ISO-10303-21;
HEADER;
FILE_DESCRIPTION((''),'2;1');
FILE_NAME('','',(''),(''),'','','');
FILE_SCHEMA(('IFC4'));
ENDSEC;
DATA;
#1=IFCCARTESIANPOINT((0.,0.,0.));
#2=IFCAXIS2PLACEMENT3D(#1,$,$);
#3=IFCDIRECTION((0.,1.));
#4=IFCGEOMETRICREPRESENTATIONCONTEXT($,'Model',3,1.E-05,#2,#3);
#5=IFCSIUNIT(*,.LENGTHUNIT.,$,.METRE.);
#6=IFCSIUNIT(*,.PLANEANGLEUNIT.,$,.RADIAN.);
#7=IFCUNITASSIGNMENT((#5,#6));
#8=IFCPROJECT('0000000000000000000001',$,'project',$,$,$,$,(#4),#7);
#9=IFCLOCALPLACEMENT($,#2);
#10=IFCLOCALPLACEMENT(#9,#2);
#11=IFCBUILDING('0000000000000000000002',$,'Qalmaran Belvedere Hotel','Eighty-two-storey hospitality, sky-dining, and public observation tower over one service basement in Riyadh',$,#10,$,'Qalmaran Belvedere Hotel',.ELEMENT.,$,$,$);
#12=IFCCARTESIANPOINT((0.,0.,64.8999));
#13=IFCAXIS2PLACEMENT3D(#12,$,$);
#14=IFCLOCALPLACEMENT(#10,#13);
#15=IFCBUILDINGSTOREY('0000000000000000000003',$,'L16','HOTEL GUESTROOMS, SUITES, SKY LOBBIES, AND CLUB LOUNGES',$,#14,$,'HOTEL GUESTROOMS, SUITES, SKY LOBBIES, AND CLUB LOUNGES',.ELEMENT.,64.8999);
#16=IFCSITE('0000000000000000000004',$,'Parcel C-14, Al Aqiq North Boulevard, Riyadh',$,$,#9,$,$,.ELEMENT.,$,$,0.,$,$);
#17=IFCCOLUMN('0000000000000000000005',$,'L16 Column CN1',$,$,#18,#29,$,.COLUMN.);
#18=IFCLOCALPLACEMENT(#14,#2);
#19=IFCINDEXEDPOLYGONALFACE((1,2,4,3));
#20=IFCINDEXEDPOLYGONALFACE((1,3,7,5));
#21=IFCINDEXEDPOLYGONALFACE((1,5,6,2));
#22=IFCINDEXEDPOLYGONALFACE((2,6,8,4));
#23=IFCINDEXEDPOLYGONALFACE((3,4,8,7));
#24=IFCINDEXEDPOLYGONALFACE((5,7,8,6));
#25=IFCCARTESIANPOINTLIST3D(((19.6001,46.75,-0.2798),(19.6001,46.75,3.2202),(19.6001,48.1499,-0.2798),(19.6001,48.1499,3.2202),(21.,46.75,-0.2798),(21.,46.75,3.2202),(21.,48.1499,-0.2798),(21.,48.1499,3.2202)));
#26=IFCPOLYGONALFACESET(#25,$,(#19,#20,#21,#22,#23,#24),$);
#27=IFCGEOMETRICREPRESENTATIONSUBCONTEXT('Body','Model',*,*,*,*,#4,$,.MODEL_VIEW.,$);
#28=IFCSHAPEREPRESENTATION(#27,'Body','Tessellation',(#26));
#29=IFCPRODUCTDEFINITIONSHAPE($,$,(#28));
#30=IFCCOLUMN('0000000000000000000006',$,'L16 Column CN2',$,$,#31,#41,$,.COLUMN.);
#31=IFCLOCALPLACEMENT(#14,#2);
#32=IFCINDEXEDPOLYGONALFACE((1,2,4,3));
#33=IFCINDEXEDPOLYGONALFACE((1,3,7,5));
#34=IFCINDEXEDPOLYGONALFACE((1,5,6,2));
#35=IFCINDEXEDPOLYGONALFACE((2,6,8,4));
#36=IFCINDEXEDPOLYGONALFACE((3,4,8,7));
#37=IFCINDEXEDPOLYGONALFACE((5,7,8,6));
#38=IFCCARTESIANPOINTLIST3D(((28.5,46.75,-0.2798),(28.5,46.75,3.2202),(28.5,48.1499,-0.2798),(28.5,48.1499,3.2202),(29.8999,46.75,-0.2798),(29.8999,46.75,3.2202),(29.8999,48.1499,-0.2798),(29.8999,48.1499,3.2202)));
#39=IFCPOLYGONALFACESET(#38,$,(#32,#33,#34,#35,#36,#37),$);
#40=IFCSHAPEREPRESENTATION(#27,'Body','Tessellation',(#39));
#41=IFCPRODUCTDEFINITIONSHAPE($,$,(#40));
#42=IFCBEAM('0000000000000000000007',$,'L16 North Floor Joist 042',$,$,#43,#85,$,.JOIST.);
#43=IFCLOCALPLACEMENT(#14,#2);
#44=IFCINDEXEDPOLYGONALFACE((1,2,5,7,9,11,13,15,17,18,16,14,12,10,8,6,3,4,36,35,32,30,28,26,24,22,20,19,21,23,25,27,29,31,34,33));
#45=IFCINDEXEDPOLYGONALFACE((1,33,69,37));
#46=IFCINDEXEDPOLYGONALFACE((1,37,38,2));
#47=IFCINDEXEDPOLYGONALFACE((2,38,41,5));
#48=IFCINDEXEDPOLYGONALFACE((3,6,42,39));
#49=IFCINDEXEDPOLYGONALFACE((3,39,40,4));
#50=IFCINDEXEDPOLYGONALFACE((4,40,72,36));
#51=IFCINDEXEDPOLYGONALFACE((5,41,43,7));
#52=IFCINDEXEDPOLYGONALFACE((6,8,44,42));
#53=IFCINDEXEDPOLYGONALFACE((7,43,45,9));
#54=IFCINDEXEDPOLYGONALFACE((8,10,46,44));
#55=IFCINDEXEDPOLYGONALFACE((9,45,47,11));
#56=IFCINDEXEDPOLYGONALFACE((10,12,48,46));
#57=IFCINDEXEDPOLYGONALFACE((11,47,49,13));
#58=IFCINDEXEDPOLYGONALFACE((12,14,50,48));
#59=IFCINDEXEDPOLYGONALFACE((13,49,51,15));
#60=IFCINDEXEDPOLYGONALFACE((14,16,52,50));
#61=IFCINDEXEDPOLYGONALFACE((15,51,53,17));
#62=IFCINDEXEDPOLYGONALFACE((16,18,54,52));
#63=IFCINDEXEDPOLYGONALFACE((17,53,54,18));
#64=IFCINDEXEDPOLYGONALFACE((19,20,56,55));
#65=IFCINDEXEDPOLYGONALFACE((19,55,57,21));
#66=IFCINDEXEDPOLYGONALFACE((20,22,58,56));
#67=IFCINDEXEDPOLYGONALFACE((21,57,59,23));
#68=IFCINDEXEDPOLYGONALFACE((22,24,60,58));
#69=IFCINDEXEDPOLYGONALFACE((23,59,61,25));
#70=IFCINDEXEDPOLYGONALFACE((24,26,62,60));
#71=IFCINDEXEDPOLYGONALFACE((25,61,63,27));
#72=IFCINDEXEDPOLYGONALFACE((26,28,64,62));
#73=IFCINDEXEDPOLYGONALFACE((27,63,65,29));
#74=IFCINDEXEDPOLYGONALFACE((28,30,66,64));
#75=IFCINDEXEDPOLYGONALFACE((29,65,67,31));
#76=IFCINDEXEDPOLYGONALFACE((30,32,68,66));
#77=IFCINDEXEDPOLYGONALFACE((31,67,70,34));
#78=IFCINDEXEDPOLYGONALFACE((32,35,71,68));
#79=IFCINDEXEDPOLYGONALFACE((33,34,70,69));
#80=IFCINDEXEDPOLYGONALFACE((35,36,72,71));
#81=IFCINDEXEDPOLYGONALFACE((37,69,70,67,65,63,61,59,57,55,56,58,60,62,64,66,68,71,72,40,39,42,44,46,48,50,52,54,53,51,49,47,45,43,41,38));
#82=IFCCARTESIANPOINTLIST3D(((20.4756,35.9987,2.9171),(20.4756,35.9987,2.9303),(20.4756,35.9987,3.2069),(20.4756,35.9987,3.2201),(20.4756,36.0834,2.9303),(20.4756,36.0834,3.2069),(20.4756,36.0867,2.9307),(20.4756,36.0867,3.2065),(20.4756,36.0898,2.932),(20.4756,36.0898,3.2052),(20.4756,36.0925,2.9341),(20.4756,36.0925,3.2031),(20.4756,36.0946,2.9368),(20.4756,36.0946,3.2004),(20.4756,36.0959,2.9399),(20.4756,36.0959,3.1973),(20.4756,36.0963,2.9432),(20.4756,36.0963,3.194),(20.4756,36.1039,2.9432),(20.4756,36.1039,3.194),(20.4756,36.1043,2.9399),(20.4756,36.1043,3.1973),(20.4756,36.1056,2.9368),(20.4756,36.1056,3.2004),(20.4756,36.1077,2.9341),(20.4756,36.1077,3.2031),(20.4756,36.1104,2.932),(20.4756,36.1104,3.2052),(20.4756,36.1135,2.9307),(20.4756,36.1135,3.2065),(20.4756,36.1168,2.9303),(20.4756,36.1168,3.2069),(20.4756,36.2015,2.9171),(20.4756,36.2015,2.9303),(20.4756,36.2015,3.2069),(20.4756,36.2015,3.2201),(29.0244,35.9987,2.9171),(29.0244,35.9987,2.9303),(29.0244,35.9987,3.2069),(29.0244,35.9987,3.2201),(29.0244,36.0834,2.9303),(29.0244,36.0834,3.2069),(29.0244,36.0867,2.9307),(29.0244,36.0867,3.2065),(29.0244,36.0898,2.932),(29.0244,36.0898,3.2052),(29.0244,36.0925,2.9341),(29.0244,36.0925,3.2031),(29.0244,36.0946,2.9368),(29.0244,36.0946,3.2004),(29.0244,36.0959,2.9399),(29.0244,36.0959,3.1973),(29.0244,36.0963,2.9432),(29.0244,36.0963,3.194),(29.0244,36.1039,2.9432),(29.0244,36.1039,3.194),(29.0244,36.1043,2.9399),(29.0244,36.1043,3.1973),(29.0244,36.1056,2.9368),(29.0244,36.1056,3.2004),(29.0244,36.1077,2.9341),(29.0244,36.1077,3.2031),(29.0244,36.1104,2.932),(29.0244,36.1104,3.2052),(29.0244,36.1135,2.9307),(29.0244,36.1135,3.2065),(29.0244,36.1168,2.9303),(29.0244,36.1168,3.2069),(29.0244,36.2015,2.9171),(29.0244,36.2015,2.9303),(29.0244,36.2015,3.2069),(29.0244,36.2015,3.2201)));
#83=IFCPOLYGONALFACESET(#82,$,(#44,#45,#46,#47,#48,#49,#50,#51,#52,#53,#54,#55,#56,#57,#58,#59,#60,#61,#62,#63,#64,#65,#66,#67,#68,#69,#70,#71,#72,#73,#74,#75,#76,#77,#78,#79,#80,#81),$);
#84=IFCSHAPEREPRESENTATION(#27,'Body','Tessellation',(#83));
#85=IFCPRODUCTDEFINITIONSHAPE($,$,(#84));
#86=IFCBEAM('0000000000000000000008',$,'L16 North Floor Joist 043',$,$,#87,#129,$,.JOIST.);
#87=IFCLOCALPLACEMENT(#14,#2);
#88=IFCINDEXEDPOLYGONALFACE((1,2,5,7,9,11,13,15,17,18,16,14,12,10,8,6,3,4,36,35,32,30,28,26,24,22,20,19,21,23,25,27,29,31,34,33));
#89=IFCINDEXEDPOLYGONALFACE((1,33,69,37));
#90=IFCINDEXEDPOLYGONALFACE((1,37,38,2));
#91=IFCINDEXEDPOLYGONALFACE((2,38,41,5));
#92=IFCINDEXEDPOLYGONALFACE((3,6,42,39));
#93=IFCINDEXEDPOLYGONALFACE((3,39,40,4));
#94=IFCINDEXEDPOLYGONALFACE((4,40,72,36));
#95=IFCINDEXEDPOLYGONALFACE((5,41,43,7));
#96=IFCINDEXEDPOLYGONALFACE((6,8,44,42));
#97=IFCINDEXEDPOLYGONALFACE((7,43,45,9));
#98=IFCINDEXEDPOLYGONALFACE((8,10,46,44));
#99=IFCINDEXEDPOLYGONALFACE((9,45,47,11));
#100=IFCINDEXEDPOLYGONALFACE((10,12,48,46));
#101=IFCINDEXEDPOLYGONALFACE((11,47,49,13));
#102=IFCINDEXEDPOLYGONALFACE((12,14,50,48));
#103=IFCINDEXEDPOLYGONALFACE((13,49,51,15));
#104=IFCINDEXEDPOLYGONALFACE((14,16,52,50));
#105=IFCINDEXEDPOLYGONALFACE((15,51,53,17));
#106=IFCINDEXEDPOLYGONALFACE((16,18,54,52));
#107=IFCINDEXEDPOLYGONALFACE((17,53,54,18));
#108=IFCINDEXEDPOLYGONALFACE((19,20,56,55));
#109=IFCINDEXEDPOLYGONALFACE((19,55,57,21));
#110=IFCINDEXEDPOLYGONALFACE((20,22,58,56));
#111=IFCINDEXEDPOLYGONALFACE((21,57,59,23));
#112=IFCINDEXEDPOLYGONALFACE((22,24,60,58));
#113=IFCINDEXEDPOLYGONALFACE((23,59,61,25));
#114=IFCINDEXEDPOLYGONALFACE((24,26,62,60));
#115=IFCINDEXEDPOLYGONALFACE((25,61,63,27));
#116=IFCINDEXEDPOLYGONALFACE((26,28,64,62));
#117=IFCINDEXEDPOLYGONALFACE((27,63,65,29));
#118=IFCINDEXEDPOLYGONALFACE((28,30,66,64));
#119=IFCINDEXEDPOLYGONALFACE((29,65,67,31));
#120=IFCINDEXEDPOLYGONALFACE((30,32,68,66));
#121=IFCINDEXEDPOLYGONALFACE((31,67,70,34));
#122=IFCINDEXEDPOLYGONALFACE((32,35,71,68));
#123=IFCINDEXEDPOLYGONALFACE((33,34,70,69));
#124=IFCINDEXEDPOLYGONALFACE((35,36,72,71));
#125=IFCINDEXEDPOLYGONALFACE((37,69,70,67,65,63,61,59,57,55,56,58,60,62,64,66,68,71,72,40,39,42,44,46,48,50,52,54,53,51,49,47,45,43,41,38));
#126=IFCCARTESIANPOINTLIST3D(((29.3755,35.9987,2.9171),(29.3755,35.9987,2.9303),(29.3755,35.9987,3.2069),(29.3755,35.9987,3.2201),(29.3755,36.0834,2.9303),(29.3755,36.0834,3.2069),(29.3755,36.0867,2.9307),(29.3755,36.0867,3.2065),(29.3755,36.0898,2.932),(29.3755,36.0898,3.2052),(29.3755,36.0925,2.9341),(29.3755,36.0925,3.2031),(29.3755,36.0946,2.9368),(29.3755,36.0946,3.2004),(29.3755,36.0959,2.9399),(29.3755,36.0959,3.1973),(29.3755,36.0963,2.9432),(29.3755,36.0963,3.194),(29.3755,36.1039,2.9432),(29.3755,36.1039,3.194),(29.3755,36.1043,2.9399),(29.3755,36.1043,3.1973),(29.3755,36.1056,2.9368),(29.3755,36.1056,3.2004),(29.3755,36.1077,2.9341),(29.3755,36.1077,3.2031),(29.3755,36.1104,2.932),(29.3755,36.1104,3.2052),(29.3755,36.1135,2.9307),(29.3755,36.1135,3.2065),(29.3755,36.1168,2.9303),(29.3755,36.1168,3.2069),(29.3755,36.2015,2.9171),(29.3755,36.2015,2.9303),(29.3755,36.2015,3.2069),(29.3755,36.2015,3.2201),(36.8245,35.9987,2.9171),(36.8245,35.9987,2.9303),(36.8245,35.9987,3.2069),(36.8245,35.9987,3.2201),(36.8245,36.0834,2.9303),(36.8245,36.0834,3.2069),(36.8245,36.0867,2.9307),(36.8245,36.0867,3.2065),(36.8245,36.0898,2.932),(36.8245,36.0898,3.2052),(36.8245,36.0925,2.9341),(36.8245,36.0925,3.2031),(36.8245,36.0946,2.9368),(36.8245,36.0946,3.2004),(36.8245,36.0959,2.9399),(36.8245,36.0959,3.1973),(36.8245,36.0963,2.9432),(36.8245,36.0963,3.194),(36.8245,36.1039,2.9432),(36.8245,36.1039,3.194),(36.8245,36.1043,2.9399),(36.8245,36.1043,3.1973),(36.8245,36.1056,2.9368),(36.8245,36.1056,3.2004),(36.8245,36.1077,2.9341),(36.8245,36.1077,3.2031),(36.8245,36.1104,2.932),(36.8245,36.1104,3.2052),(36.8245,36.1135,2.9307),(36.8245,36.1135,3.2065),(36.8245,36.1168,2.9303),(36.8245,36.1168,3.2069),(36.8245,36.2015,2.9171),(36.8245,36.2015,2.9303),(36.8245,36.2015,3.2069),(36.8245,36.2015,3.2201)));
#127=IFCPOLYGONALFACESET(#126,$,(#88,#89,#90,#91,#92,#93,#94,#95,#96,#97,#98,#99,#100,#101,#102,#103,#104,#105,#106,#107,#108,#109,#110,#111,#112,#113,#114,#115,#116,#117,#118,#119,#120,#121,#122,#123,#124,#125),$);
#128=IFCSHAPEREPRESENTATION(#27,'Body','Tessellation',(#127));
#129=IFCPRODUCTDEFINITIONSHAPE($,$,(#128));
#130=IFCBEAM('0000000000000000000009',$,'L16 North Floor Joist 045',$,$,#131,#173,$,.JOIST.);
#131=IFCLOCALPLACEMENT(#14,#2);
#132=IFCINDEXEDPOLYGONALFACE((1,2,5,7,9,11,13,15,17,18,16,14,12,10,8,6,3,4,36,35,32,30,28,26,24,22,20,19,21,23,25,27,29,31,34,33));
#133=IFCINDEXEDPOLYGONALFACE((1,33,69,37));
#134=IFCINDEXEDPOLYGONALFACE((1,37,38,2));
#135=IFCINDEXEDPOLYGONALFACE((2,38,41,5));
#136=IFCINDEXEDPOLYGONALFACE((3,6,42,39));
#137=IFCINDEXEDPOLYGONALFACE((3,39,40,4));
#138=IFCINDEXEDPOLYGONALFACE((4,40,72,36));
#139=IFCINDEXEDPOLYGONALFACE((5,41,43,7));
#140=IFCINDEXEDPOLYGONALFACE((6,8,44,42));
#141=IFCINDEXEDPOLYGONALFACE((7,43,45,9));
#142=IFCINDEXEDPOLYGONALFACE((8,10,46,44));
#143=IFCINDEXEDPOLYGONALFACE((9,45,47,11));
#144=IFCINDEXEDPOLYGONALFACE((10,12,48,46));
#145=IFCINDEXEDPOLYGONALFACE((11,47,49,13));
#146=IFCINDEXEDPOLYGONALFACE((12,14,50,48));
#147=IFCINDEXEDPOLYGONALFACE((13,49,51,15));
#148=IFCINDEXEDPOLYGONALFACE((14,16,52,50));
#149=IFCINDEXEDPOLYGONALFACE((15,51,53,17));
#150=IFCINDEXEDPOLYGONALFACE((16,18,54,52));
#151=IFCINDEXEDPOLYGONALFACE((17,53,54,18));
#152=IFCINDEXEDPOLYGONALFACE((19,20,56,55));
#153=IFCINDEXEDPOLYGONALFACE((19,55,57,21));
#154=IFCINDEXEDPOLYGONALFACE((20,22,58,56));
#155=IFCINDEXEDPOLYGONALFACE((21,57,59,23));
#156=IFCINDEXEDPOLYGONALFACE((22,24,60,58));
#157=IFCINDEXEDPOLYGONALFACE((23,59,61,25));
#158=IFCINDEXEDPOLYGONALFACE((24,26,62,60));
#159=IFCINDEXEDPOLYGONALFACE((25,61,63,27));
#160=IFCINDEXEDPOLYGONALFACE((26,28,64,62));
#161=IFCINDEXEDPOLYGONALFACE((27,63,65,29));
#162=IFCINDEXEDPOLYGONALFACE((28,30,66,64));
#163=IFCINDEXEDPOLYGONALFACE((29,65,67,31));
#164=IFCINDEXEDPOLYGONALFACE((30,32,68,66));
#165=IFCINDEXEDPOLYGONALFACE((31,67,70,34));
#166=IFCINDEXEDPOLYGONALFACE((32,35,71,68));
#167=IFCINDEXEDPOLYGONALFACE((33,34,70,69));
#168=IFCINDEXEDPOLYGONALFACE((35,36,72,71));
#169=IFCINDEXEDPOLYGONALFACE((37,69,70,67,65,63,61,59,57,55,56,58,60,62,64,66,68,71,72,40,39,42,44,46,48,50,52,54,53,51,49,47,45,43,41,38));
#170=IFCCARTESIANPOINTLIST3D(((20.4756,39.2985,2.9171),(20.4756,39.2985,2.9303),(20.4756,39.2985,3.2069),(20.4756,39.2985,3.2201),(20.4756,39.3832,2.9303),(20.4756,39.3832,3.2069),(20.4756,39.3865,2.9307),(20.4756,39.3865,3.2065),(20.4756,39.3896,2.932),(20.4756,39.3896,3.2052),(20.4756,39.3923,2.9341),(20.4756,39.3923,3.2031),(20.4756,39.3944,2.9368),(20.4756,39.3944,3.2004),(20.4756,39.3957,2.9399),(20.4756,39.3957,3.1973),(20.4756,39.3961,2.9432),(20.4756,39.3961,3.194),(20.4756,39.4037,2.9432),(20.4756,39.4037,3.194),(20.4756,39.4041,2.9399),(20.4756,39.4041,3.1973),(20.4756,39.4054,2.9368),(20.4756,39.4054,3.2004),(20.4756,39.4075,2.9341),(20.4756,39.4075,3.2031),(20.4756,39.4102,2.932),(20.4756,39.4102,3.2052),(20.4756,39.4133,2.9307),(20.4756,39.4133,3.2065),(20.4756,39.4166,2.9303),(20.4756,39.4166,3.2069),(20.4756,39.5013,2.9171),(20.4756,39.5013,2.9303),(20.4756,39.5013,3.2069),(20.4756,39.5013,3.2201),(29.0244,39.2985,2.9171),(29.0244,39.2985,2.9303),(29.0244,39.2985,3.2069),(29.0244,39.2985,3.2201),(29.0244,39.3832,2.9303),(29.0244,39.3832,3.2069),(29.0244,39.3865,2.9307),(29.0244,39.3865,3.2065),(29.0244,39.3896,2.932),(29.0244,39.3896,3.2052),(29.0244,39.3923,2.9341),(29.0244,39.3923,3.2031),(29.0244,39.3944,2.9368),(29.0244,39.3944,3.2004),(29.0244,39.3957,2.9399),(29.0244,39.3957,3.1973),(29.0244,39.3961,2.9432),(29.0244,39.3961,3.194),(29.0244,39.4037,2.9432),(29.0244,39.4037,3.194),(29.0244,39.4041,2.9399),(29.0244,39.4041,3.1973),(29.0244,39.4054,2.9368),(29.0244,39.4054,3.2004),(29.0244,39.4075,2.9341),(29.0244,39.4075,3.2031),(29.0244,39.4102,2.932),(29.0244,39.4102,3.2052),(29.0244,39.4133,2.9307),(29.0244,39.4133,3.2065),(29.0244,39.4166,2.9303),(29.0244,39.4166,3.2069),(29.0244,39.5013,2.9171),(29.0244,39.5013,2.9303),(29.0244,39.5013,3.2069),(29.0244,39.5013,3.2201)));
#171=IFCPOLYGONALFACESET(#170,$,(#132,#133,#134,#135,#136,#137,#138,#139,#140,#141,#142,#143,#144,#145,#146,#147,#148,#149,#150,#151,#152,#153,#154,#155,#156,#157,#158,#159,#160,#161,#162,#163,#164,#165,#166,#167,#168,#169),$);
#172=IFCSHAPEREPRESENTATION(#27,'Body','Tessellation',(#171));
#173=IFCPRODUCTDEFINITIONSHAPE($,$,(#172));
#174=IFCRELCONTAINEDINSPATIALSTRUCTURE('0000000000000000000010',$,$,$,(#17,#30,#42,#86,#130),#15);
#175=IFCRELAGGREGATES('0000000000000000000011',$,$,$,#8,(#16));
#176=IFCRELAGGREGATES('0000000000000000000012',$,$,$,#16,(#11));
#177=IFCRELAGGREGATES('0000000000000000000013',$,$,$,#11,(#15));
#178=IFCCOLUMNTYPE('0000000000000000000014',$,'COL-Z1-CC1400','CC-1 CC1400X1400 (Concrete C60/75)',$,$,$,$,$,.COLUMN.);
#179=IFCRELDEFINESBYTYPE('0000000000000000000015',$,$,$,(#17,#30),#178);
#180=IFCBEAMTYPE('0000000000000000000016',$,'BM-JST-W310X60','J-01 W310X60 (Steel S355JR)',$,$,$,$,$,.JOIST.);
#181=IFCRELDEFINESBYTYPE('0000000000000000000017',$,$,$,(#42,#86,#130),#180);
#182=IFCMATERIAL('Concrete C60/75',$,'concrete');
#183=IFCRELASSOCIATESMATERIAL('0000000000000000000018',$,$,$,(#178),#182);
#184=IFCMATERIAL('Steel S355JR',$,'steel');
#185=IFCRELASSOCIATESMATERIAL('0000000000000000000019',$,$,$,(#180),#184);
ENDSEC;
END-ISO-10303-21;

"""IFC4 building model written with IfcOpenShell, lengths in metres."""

from ifc_helpers import new_model, si_unit, direction, frame, origin, origin_2d, place, context, subcontext, project, spatial, rectangle, i_section, extrude, material, material_profile, profile_set, type_object, element, save


model = new_model("IFC4")

# Units and contexts
model_context = context("Model", 3, precision=1e-05, world=origin(), true_north=direction((0.0, 1.0)))
body_context = subcontext(model_context, "Body", "Model", "MODEL_VIEW")
ifc_project = project(units=[si_unit("LENGTHUNIT", "METRE"), si_unit("PLANEANGLEUNIT", "RADIAN")], contexts=[model_context])

# Site, building, storey
site_placement = place(None, origin())
site = spatial("IfcSite", under=ifc_project, at=site_placement, Name="Parcel C-14, Al Aqiq North Boulevard, Riyadh", CompositionType="ELEMENT", RefElevation=0.0)
building_placement = place(site_placement, origin())
building = spatial("IfcBuilding", under=site, at=building_placement, Name="Qalmaran Belvedere Hotel", Description="Eighty-two-storey hospitality, sky-dining, and public observation tower over one service basement in Riyadh", LongName="Qalmaran Belvedere Hotel", CompositionType="ELEMENT")
storey_placement = place(building_placement, frame((0.0, 0.0, 64.8999)))
storey = spatial("IfcBuildingStorey", under=building, at=storey_placement, Name="L16", Description="HOTEL GUESTROOMS, SUITES, SKY LOBBIES, AND CLUB LOUNGES", LongName="HOTEL GUESTROOMS, SUITES, SKY LOBBIES, AND CLUB LOUNGES", CompositionType="ELEMENT", Elevation=64.8999)

# Columns
ifc_material_1 = material(Name="Concrete C60/75", Category="concrete")
ifc_material_profile_1 = material_profile(ifc_material_1, rectangle(XDim=1.3999, YDim=1.3999, at=origin_2d()), Name="CC1400X1400")
ifc_profile_set_1 = profile_set([ifc_material_profile_1], Name="Concrete C60/75")
column_type = type_object("IfcColumnType", Name="COL-Z1-CC1400", Description="CC-1 CC1400X1400 (Concrete C60/75)", PredefinedType="COLUMN", material=ifc_profile_set_1)
for number, where, z_axis, x_axis, name in (
    (1, (20.3, 47.45, -0.2798), (0.0, 0.0, 1.0), (1.0, 0.0, 0.0), "L16 Column CN1"),
    (2, (29.2, 47.45, -0.2798), (0.0, 0.0, 1.0), (1.0, 0.0, 0.0), "L16 Column CN2"),
):
    element("IfcColumn", number, at=place(storey_placement, frame(where, z_axis=z_axis, x_axis=x_axis)), inside=storey, type_object=column_type, Name=name, PredefinedType="COLUMN", context=body_context, shape_type="SweptSolid", body=[
        extrude(rectangle(XDim=1.3999, YDim=1.3999, at=origin_2d()), origin(), (0.0, 0.0, 1.0), 3.5),
    ])

# Beams
ifc_material_2 = material(Name="Steel S355JR", Category="steel")
ifc_material_profile_2 = material_profile(ifc_material_2, i_section(OverallWidth=0.2029, OverallDepth=0.303, WebThickness=0.0076, FlangeThickness=0.0132, FilletRadius=0.0129, at=origin_2d()), Name="W310X60")
ifc_profile_set_2 = profile_set([ifc_material_profile_2], Name="Steel S355JR")
beam_type_1 = type_object("IfcBeamType", Name="BM-JST-W310X60", Description="J-01 W310X60 (Steel S355JR)", PredefinedType="JOIST", material=ifc_profile_set_2)
beam_1_placement = place(storey_placement, frame((20.4756, 36.1001, 3.0686), z_axis=(1.0, 0.0, 0.0), x_axis=(0.0, 1.0, 0.0)))
element("IfcBeam", 3, at=beam_1_placement, inside=storey, type_object=beam_type_1, Name="L16 North Floor Joist 042", PredefinedType="JOIST", context=body_context, shape_type="SweptSolid", body=[
    extrude(i_section(OverallWidth=0.2029, OverallDepth=0.303, WebThickness=0.0076, FlangeThickness=0.0132, FilletRadius=0.0129, at=origin_2d()), origin(), (0.0, 0.0, 1.0), 8.5488),
])
beam_2_placement = place(storey_placement, frame((29.3755, 36.1001, 3.0686), z_axis=(1.0, 0.0, 0.0), x_axis=(0.0, 1.0, 0.0)))
element("IfcBeam", 4, at=beam_2_placement, inside=storey, type_object=beam_type_1, Name="L16 North Floor Joist 043", PredefinedType="JOIST", context=body_context, shape_type="SweptSolid", body=[
    extrude(i_section(OverallWidth=0.2029, OverallDepth=0.303, WebThickness=0.0076, FlangeThickness=0.0132, FilletRadius=0.0129, at=origin_2d()), origin(), (0.0, 0.0, 1.0), 7.449),
])
for number, where, z_axis, x_axis, name in (
    (5, (20.4756, 39.3999, 3.0686), (1.0, 0.0, 0.0), (0.0, 1.0, 0.0), "L16 North Floor Joist 045"),
):
    element("IfcBeam", number, at=place(storey_placement, frame(where, z_axis=z_axis, x_axis=x_axis)), inside=storey, type_object=beam_type_1, Name=name, PredefinedType="JOIST", context=body_context, shape_type="SweptSolid", body=[
        extrude(i_section(OverallWidth=0.2029, OverallDepth=0.303, WebThickness=0.0076, FlangeThickness=0.0132, FilletRadius=0.0129, at=origin_2d()), origin(), (0.0, 0.0, 1.0), 8.5488),
    ])

save(model, "model.ifc")
